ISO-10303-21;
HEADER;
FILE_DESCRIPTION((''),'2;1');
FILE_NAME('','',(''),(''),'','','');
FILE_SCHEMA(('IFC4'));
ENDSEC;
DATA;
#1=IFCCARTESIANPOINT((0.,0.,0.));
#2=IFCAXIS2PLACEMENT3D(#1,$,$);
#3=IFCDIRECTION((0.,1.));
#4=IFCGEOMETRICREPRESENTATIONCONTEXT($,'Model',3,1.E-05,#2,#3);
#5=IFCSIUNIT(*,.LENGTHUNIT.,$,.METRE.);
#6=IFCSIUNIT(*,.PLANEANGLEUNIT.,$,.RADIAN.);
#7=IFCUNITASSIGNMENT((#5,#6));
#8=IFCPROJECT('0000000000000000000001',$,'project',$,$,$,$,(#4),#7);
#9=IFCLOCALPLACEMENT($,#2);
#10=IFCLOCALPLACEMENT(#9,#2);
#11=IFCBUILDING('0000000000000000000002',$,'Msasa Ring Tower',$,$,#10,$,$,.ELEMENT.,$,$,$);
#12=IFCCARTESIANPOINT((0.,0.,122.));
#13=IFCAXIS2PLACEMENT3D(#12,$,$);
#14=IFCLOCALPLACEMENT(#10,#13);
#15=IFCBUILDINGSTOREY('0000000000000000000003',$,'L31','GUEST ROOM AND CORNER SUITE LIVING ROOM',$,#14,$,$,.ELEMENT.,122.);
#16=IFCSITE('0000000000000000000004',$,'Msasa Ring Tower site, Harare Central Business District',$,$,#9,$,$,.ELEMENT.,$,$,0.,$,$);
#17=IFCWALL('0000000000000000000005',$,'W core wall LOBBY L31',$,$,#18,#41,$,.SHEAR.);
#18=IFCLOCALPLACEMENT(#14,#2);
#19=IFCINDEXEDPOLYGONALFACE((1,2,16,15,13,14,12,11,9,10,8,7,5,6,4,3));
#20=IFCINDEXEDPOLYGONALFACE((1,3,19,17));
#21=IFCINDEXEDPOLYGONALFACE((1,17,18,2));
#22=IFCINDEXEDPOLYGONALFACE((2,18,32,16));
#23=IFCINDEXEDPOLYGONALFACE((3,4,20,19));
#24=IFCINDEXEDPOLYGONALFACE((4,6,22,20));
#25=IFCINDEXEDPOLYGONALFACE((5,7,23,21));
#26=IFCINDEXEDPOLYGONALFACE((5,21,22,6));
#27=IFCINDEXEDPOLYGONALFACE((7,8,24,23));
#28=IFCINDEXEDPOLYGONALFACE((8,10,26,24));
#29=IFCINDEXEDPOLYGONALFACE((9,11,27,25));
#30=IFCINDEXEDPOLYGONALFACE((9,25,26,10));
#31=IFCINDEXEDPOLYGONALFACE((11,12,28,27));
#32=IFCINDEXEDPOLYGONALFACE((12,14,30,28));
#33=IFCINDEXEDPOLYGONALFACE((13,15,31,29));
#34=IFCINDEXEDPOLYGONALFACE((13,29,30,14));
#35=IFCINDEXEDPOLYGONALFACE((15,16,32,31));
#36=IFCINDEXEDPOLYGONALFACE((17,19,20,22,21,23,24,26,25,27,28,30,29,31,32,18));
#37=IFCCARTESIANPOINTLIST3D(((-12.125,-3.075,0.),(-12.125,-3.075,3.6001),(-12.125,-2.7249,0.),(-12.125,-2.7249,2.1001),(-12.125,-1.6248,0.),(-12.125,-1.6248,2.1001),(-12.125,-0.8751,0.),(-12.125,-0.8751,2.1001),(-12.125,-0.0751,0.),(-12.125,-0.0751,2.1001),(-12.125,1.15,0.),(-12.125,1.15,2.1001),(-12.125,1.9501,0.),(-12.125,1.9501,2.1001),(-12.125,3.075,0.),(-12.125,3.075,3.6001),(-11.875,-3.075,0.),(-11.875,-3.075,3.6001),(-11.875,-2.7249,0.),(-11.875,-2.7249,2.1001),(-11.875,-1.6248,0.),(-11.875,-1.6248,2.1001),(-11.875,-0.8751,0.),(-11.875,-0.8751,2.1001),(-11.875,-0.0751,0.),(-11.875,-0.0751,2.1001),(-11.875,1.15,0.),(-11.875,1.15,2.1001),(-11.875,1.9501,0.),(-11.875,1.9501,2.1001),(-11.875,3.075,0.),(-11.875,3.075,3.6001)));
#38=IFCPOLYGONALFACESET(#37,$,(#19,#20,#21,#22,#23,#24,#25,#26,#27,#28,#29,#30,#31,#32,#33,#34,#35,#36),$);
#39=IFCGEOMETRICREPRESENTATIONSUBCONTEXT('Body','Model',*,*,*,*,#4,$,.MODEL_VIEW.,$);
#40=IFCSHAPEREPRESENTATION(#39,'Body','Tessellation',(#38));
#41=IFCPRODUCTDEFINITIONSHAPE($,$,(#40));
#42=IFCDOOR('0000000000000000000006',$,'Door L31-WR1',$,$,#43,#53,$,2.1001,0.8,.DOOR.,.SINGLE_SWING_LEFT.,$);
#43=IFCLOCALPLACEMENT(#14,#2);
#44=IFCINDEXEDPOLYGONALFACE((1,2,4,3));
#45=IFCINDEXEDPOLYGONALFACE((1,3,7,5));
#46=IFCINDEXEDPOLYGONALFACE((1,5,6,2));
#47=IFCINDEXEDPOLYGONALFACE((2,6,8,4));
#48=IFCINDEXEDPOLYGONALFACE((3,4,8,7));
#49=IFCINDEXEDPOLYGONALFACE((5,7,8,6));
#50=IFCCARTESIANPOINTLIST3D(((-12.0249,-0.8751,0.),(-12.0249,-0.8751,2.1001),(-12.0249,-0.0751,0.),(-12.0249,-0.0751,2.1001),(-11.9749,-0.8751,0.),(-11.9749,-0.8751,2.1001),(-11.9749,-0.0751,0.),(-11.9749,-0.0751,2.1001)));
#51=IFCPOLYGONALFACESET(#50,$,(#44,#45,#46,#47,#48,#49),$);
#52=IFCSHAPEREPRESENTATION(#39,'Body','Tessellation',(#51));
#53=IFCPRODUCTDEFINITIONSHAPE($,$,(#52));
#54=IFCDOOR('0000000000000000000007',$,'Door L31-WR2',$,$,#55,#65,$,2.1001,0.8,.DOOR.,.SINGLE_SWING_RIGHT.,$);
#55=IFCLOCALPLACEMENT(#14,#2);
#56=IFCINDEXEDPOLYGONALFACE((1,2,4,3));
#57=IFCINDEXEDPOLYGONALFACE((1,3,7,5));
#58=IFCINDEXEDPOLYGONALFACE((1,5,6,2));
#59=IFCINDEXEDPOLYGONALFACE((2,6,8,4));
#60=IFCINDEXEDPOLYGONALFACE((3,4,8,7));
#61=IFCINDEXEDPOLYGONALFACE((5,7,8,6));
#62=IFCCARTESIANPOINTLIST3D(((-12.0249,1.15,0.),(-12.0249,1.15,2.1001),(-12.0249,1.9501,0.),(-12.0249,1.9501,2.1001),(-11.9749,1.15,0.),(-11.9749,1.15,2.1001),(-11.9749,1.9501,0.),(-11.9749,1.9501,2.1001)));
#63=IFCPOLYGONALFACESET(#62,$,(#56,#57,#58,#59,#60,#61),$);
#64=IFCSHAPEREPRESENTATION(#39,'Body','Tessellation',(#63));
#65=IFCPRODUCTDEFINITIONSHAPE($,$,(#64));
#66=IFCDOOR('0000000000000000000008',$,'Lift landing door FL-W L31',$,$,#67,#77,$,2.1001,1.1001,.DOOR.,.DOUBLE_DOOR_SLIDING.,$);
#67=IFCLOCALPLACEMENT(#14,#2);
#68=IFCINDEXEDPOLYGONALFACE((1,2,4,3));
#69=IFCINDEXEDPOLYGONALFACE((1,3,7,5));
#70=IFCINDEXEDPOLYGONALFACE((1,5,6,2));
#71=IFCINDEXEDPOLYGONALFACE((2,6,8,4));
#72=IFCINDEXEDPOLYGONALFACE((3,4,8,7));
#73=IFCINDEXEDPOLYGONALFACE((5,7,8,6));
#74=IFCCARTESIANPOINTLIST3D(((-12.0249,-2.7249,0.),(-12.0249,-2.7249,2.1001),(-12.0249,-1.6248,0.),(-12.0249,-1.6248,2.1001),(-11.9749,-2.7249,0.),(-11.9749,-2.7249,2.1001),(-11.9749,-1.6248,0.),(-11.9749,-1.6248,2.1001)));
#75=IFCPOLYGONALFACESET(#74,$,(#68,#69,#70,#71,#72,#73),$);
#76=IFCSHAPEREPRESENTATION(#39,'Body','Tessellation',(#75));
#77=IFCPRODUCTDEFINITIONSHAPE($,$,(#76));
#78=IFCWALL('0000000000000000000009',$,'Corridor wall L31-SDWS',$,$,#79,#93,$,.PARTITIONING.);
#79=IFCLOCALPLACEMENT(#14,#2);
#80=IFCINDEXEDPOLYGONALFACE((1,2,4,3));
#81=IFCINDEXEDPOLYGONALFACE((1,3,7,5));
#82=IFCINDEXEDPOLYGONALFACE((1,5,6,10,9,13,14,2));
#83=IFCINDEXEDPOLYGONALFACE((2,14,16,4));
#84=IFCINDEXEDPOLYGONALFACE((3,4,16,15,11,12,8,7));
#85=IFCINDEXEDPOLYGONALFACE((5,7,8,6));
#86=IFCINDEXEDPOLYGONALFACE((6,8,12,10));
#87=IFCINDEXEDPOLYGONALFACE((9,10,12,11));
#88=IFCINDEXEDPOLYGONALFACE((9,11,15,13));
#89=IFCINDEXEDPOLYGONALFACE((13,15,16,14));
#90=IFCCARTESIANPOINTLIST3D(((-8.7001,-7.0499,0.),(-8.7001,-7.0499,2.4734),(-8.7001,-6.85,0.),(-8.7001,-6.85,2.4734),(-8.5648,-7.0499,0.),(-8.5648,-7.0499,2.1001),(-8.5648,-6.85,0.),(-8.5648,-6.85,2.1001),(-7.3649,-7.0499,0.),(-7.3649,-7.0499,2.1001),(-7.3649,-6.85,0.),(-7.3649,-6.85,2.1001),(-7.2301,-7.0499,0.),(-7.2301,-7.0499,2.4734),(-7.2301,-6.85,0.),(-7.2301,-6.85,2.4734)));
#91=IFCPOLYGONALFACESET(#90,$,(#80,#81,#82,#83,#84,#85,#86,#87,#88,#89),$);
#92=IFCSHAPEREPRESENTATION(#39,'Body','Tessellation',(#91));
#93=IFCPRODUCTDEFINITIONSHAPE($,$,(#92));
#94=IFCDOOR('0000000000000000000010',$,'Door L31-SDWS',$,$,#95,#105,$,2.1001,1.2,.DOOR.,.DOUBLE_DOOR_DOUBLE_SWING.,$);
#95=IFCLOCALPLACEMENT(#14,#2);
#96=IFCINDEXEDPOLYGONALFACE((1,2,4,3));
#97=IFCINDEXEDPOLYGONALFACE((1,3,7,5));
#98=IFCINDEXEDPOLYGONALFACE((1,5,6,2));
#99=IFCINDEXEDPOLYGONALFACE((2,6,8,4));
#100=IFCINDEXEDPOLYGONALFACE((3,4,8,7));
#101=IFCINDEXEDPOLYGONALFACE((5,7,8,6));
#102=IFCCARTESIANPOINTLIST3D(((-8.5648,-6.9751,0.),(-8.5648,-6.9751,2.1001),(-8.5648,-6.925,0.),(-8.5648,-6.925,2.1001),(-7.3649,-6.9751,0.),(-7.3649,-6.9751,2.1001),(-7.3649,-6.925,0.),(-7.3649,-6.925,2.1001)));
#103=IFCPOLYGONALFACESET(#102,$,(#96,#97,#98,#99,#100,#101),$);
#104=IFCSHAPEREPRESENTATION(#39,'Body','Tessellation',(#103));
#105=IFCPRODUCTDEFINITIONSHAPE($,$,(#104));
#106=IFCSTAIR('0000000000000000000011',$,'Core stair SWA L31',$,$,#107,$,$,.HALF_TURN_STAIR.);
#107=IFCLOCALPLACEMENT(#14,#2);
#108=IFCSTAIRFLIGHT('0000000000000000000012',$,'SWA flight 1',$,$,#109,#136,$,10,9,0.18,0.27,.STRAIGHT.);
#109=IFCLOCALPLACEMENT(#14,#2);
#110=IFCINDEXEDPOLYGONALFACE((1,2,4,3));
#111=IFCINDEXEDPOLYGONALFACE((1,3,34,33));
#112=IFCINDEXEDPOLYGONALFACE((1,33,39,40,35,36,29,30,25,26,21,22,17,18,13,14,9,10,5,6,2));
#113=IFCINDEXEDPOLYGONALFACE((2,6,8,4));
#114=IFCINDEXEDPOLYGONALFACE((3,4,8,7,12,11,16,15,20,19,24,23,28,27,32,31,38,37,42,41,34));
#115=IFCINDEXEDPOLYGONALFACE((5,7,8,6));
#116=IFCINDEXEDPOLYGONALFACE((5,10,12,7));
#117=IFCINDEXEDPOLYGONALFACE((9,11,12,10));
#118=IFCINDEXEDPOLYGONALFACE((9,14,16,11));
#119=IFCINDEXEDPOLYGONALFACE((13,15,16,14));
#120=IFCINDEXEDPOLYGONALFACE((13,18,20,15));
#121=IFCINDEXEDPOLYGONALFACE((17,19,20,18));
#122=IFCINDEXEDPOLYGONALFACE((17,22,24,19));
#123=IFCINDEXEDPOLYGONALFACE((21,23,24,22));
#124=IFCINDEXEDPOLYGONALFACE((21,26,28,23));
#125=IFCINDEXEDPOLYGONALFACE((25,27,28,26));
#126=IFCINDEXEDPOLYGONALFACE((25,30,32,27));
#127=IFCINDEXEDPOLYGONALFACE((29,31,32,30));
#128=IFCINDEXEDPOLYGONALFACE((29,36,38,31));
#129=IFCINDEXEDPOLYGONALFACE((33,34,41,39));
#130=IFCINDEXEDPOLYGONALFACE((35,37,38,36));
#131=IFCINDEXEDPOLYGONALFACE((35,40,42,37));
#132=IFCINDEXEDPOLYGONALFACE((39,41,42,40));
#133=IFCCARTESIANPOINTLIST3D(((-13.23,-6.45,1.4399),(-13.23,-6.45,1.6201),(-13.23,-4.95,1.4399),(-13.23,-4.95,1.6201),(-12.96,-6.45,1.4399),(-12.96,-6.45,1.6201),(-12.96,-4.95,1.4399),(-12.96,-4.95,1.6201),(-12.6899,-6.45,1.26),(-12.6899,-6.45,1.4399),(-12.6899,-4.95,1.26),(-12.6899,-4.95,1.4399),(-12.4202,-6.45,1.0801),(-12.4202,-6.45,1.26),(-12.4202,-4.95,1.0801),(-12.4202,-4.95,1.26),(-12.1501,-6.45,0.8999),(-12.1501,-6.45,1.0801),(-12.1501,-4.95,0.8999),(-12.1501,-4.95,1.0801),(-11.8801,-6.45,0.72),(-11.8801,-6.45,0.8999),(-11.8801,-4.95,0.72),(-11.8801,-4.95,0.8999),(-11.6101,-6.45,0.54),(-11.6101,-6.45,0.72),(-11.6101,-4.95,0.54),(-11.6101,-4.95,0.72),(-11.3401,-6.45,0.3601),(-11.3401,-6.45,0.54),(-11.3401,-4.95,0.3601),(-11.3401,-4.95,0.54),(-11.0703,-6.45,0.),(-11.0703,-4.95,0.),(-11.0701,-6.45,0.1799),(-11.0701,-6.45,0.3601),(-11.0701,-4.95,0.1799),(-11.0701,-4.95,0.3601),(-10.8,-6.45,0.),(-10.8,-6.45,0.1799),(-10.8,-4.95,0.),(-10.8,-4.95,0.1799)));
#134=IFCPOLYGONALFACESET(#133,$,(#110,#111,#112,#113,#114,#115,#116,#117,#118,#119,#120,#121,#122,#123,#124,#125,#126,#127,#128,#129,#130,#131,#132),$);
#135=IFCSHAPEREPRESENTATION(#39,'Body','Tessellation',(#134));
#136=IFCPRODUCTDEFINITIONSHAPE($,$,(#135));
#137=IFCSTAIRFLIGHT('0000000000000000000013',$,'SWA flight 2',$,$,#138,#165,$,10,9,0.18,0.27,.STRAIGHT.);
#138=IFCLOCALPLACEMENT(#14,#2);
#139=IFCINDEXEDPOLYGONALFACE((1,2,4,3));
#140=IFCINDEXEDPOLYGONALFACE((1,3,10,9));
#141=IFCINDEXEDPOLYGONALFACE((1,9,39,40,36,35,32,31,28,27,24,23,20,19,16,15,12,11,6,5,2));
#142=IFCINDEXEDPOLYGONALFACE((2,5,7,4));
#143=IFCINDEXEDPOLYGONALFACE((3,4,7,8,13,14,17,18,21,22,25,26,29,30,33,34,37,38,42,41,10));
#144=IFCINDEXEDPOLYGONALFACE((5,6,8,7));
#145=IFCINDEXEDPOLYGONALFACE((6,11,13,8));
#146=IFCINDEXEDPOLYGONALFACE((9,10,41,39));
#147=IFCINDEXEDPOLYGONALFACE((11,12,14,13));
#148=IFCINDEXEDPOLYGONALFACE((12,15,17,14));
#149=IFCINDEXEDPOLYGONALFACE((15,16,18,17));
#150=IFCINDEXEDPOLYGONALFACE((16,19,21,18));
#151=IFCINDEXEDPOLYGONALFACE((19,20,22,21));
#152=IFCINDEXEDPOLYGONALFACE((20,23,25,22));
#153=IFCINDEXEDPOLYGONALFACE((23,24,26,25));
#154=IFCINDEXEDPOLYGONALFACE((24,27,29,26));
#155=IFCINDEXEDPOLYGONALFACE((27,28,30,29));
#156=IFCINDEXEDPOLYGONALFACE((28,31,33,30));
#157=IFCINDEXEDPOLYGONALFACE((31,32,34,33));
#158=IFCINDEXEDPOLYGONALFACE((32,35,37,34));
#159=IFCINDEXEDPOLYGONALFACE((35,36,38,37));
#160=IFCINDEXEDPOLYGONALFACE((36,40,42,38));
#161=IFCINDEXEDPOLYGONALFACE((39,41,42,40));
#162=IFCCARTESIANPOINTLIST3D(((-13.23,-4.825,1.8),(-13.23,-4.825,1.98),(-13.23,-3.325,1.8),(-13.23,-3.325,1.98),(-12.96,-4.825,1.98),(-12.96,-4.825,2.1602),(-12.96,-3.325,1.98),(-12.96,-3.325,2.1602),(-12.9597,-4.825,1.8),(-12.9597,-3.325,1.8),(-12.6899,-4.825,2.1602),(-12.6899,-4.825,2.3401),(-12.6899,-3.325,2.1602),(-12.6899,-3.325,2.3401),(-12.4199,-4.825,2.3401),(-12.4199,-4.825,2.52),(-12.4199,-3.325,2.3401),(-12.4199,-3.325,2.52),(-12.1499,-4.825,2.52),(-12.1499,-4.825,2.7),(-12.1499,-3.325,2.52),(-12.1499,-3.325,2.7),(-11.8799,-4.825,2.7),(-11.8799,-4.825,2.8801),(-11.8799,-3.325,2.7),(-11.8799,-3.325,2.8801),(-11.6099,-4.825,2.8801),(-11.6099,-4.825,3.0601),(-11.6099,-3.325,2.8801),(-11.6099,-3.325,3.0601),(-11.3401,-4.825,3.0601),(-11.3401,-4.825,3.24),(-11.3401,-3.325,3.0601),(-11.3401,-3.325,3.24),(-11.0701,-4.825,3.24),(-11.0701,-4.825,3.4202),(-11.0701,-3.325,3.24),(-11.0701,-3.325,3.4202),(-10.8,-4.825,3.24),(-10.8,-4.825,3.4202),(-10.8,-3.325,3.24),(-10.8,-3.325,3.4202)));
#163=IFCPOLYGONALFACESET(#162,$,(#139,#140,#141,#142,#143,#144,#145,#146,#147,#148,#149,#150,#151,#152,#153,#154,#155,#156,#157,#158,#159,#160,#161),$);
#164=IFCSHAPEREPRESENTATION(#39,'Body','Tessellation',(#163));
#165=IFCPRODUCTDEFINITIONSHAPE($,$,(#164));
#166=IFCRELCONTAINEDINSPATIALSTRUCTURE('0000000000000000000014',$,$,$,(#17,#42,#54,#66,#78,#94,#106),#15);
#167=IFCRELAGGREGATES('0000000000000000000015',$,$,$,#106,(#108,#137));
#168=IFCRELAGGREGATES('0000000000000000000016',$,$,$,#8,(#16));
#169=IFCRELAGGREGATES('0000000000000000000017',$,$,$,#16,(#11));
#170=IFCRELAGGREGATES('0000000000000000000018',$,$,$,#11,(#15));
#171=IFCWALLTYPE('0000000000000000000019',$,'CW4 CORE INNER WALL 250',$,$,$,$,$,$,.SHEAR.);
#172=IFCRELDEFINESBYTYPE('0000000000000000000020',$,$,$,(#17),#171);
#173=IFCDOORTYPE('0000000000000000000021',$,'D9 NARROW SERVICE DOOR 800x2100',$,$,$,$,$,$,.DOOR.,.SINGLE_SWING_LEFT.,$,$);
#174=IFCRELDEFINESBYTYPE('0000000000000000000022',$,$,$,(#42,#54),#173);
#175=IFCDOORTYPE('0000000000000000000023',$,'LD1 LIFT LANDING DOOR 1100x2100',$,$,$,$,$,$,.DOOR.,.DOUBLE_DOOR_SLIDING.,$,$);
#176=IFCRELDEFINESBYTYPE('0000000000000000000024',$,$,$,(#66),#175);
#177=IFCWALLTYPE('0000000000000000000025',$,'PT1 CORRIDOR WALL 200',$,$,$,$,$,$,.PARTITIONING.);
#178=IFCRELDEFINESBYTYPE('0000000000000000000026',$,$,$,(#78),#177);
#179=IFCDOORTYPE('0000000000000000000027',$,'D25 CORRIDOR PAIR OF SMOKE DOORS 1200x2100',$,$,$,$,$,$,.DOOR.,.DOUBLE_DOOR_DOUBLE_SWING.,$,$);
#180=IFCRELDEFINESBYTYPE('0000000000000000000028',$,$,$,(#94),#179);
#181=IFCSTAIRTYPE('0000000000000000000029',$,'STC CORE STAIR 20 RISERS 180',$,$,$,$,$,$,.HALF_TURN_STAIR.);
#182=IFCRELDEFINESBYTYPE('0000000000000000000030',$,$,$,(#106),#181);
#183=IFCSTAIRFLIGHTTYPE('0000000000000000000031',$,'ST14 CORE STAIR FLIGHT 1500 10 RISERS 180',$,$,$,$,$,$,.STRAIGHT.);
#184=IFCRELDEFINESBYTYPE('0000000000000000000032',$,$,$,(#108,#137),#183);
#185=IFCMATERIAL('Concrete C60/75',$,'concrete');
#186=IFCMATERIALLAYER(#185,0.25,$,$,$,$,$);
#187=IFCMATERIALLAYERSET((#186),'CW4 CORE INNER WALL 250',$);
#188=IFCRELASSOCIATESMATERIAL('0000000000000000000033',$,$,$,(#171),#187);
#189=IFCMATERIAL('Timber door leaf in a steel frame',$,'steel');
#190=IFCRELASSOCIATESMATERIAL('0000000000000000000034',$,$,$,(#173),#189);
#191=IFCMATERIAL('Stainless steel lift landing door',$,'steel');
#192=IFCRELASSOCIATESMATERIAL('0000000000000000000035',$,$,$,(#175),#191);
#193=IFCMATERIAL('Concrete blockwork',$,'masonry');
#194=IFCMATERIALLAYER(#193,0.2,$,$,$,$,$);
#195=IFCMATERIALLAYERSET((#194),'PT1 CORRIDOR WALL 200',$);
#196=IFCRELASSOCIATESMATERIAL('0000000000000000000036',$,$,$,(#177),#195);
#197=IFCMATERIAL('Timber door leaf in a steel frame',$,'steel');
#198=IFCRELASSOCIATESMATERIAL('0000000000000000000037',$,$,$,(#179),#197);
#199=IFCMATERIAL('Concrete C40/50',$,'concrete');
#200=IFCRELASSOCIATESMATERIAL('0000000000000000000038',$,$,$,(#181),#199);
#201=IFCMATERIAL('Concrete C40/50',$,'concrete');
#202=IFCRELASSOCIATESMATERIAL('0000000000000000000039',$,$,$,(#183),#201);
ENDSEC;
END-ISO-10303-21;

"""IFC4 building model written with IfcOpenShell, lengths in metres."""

from ifc_helpers import new_model, si_unit, direction, frame, frame_2d, origin, place, context, subcontext, project, spatial, polyline, rectangle, outline, extrude, material, layer, layer_set, type_object, element, fill, aggregate, save


model = new_model("IFC4")

# Units and contexts
model_context = context("Model", 3, precision=1e-05, world=origin(), true_north=direction((0.0, 1.0)))
body_context = subcontext(model_context, "Body", "Model", "MODEL_VIEW")
ifc_project = project(units=[si_unit("LENGTHUNIT", "METRE"), si_unit("PLANEANGLEUNIT", "RADIAN")], contexts=[model_context])

# Site, building, storey
site_placement = place(None, origin())
site = spatial("IfcSite", under=ifc_project, at=site_placement, Name="Msasa Ring Tower site, Harare Central Business District", CompositionType="ELEMENT", RefElevation=0.0)
building_placement = place(site_placement, origin())
building = spatial("IfcBuilding", under=site, at=building_placement, Name="Msasa Ring Tower", CompositionType="ELEMENT")
storey_placement = place(building_placement, frame((0.0, 0.0, 122.0)))
storey = spatial("IfcBuildingStorey", under=building, at=storey_placement, Name="L31", Description="GUEST ROOM AND CORNER SUITE LIVING ROOM", CompositionType="ELEMENT", Elevation=122.0)

# Shared definitions
ifc_material_1 = material(Name="Concrete C60/75", Category="concrete")
ifc_layer_1 = layer(ifc_material_1, 0.25)
ifc_layer_set_1 = layer_set([ifc_layer_1], Name="CW4 CORE INNER WALL 250")
wall_type_1 = type_object("IfcWallType", Name="CW4 CORE INNER WALL 250", PredefinedType="SHEAR", material=ifc_layer_set_1)

# Wall, openings, doors
wall_1_placement = place(storey_placement, frame((-12.0, -3.075, 0.0), z_axis=(0.0, 0.0, 1.0), x_axis=(0.0, 1.0, 0.0)))
wall_1 = element("IfcWall", 1, at=wall_1_placement, inside=storey, type_object=wall_type_1, Name="W core wall LOBBY L31", PredefinedType="SHEAR", context=body_context, shape_type="SweptSolid", body=[
    extrude(rectangle(XDim=6.1499, YDim=0.25, at=frame_2d((3.075, 0.0))), origin(), (0.0, 0.0, 1.0), 3.6001),
])
opening_1_placement = place(wall_1_placement, frame((2.2, 0.0, 0.0)))
opening_1 = element("IfcOpeningElement", 2, at=opening_1_placement, cuts=wall_1, PredefinedType="OPENING", context=body_context, shape_type="SweptSolid", body=[
    extrude(rectangle(XDim=0.8, YDim=2.1001, at=frame_2d((0.3999, 1.05))), frame((0.0, 0.135, 0.0), z_axis=(0.0, -1.0, 0.0), x_axis=(1.0, 0.0, 0.0)), (0.0, 0.0, 1.0), 0.27),
])
opening_2_placement = place(wall_1_placement, frame((4.2251, 0.0, 0.0)))
opening_2 = element("IfcOpeningElement", 3, at=opening_2_placement, cuts=wall_1, PredefinedType="OPENING", context=body_context, shape_type="SweptSolid", body=[
    extrude(rectangle(XDim=0.8, YDim=2.1001, at=frame_2d((0.3999, 1.05))), frame((0.0, 0.135, 0.0), z_axis=(0.0, -1.0, 0.0), x_axis=(1.0, 0.0, 0.0)), (0.0, 0.0, 1.0), 0.27),
])
opening_3_placement = place(wall_1_placement, frame((0.3501, 0.0, 0.0)))
opening_3 = element("IfcOpeningElement", 4, at=opening_3_placement, cuts=wall_1, PredefinedType="OPENING", context=body_context, shape_type="SweptSolid", body=[
    extrude(rectangle(XDim=1.1001, YDim=2.1001, at=frame_2d((0.55, 1.05))), frame((0.0, 0.135, 0.0), z_axis=(0.0, -1.0, 0.0), x_axis=(1.0, 0.0, 0.0)), (0.0, 0.0, 1.0), 0.27),
])
ifc_material_2 = material(Name="Timber door leaf in a steel frame", Category="steel")
door_type_1 = type_object("IfcDoorType", Name="D9 NARROW SERVICE DOOR 800x2100", OperationType="SINGLE_SWING_LEFT", PredefinedType="DOOR", material=ifc_material_2)
door_1_placement = place(opening_1_placement, origin())
door_1 = element("IfcDoor", 5, at=door_1_placement, inside=storey, type_object=door_type_1, Name="Door L31-WR1", OperationType="SINGLE_SWING_LEFT", OverallHeight=2.1001, OverallWidth=0.8, PredefinedType="DOOR", context=body_context, shape_type="SweptSolid", body=[
    extrude(rectangle(XDim=0.8, YDim=2.1001, at=frame_2d((0.3999, 1.05))), frame((0.0, 0.0249, 0.0), z_axis=(0.0, -1.0, 0.0), x_axis=(1.0, 0.0, 0.0)), (0.0, 0.0, 1.0), 0.05),
])
fill(opening_1, door_1)
door_2_placement = place(opening_2_placement, origin())
door_2 = element("IfcDoor", 6, at=door_2_placement, inside=storey, type_object=door_type_1, Name="Door L31-WR2", OperationType="SINGLE_SWING_RIGHT", OverallHeight=2.1001, OverallWidth=0.8, PredefinedType="DOOR", context=body_context, shape_type="SweptSolid", body=[
    extrude(rectangle(XDim=0.8, YDim=2.1001, at=frame_2d((0.3999, 1.05))), frame((0.0, 0.0249, 0.0), z_axis=(0.0, -1.0, 0.0), x_axis=(1.0, 0.0, 0.0)), (0.0, 0.0, 1.0), 0.05),
])
fill(opening_2, door_2)
ifc_material_3 = material(Name="Stainless steel lift landing door", Category="steel")
door_type_2 = type_object("IfcDoorType", Name="LD1 LIFT LANDING DOOR 1100x2100", OperationType="DOUBLE_DOOR_SLIDING", PredefinedType="DOOR", material=ifc_material_3)
door_3_placement = place(opening_3_placement, origin())
door_3 = element("IfcDoor", 7, at=door_3_placement, inside=storey, type_object=door_type_2, Name="Lift landing door FL-W L31", OperationType="DOUBLE_DOOR_SLIDING", OverallHeight=2.1001, OverallWidth=1.1001, PredefinedType="DOOR", context=body_context, shape_type="SweptSolid", body=[
    extrude(rectangle(XDim=1.1001, YDim=2.1001, at=frame_2d((0.55, 1.05))), frame((0.0, 0.0249, 0.0), z_axis=(0.0, -1.0, 0.0), x_axis=(1.0, 0.0, 0.0)), (0.0, 0.0, 1.0), 0.05),
])
fill(opening_3, door_3)

# Wall, opening, door
ifc_material_4 = material(Name="Concrete blockwork", Category="masonry")
ifc_layer_2 = layer(ifc_material_4, 0.2)
ifc_layer_set_2 = layer_set([ifc_layer_2], Name="PT1 CORRIDOR WALL 200")
wall_type_2 = type_object("IfcWallType", Name="PT1 CORRIDOR WALL 200", PredefinedType="PARTITIONING", material=ifc_layer_set_2)
wall_2_placement = place(storey_placement, frame((-8.7, -6.95, 0.0), z_axis=(0.0, 0.0, 1.0), x_axis=(1.0, 0.0, 0.0)))
wall_2 = element("IfcWall", 8, at=wall_2_placement, inside=storey, type_object=wall_type_2, Name="Corridor wall L31-SDWS", PredefinedType="PARTITIONING", context=body_context, shape_type="SweptSolid", body=[
    extrude(rectangle(XDim=1.47, YDim=0.2, at=frame_2d((0.7349, 0.0))), origin(), (0.0, 0.0, 1.0), 2.4734),
])
opening_4_placement = place(wall_2_placement, frame((0.135, 0.0, 0.0)))
opening_4 = element("IfcOpeningElement", 9, at=opening_4_placement, cuts=wall_2, PredefinedType="OPENING", context=body_context, shape_type="SweptSolid", body=[
    extrude(rectangle(XDim=1.2, YDim=2.1001, at=frame_2d((0.6001, 1.05))), frame((0.0, 0.1099, 0.0), z_axis=(0.0, -1.0, 0.0), x_axis=(1.0, 0.0, 0.0)), (0.0, 0.0, 1.0), 0.22),
])
ifc_material_5 = material(Name="Timber door leaf in a steel frame", Category="steel")
door_type_3 = type_object("IfcDoorType", Name="D25 CORRIDOR PAIR OF SMOKE DOORS 1200x2100", OperationType="DOUBLE_DOOR_DOUBLE_SWING", PredefinedType="DOOR", material=ifc_material_5)
door_4_placement = place(opening_4_placement, origin())
door_4 = element("IfcDoor", 10, at=door_4_placement, inside=storey, type_object=door_type_3, Name="Door L31-SDWS", OperationType="DOUBLE_DOOR_DOUBLE_SWING", OverallHeight=2.1001, OverallWidth=1.2, PredefinedType="DOOR", context=body_context, shape_type="SweptSolid", body=[
    extrude(rectangle(XDim=1.2, YDim=2.1001, at=frame_2d((0.6001, 1.05))), frame((0.0, 0.0249, 0.0), z_axis=(0.0, -1.0, 0.0), x_axis=(1.0, 0.0, 0.0)), (0.0, 0.0, 1.0), 0.05),
])
fill(opening_4, door_4)

# Stair, stair flights
ifc_material_6 = material(Name="Concrete C40/50", Category="concrete")
stair_type = type_object("IfcStairType", Name="STC CORE STAIR 20 RISERS 180", PredefinedType="HALF_TURN_STAIR", material=ifc_material_6)
stair_placement = place(storey_placement, origin())
stair = element("IfcStair", 11, at=stair_placement, inside=storey, type_object=stair_type, Name="Core stair SWA L31", PredefinedType="HALF_TURN_STAIR")
ifc_material_7 = material(Name="Concrete C40/50", Category="concrete")
stair_flight_type = type_object("IfcStairFlightType", Name="ST14 CORE STAIR FLIGHT 1500 10 RISERS 180", PredefinedType="STRAIGHT", material=ifc_material_7)
stair_flight_1_placement = place(storey_placement, frame((-10.8, -5.7, 0.0), z_axis=(0.0, 0.0, 1.0), x_axis=(-1.0, 0.0, 0.0)))
stair_flight_1 = element("IfcStairFlight", 12, at=stair_flight_1_placement, type_object=stair_flight_type, Name="SWA flight 1", NumberOfRisers=10, NumberOfTreads=9, PredefinedType="STRAIGHT", RiserHeight=0.18, TreadLength=0.27, context=body_context, shape_type="SweptSolid", body=[
    extrude(outline(polyline([(0.0, 0.0), (0.0, 0.1799), (0.27, 0.1799), (0.27, 0.3601), (0.54, 0.3601), (0.54, 0.54), (0.8101, 0.54), (0.8101, 0.72), (1.0801, 0.72), (1.0801, 0.8999), (1.3501, 0.8999), (1.3501, 1.0801), (1.6201, 1.0801), (1.6201, 1.26), (1.8899, 1.26), (1.8899, 1.4399), (2.1599, 1.4399), (2.1599, 1.6201), (2.4299, 1.6201), (2.4299, 1.8), (2.4299, 1.4399), (0.2703, 0.0), (0.0, 0.0)])), frame((0.0, 0.75, 0.0), z_axis=(0.0, -1.0, 0.0), x_axis=(1.0, 0.0, 0.0)), (0.0, 0.0, 1.0), 1.5),
])
stair_flight_2_placement = place(storey_placement, frame((-13.23, -4.075, 1.8), z_axis=(0.0, 0.0, 1.0), x_axis=(1.0, 0.0, 0.0)))
stair_flight_2 = element("IfcStairFlight", 13, at=stair_flight_2_placement, type_object=stair_flight_type, Name="SWA flight 2", NumberOfRisers=10, NumberOfTreads=9, PredefinedType="STRAIGHT", RiserHeight=0.18, TreadLength=0.27, context=body_context, shape_type="SweptSolid", body=[
    extrude(outline(polyline([(0.0, 0.0), (0.0, 0.1799), (0.27, 0.1799), (0.27, 0.3601), (0.54, 0.3601), (0.54, 0.54), (0.8101, 0.54), (0.8101, 0.72), (1.0801, 0.72), (1.0801, 0.8999), (1.3501, 0.8999), (1.3501, 1.0801), (1.6201, 1.0801), (1.6201, 1.26), (1.8899, 1.26), (1.8899, 1.4399), (2.1599, 1.4399), (2.1599, 1.6201), (2.4299, 1.6201), (2.4299, 1.8), (2.4299, 1.4399), (0.2703, 0.0), (0.0, 0.0)])), frame((0.0, 0.75, 0.0), z_axis=(0.0, -1.0, 0.0), x_axis=(1.0, 0.0, 0.0)), (0.0, 0.0, 1.0), 1.5),
])
aggregate(stair, [stair_flight_1, stair_flight_2])

save(model, "model.ifc")
